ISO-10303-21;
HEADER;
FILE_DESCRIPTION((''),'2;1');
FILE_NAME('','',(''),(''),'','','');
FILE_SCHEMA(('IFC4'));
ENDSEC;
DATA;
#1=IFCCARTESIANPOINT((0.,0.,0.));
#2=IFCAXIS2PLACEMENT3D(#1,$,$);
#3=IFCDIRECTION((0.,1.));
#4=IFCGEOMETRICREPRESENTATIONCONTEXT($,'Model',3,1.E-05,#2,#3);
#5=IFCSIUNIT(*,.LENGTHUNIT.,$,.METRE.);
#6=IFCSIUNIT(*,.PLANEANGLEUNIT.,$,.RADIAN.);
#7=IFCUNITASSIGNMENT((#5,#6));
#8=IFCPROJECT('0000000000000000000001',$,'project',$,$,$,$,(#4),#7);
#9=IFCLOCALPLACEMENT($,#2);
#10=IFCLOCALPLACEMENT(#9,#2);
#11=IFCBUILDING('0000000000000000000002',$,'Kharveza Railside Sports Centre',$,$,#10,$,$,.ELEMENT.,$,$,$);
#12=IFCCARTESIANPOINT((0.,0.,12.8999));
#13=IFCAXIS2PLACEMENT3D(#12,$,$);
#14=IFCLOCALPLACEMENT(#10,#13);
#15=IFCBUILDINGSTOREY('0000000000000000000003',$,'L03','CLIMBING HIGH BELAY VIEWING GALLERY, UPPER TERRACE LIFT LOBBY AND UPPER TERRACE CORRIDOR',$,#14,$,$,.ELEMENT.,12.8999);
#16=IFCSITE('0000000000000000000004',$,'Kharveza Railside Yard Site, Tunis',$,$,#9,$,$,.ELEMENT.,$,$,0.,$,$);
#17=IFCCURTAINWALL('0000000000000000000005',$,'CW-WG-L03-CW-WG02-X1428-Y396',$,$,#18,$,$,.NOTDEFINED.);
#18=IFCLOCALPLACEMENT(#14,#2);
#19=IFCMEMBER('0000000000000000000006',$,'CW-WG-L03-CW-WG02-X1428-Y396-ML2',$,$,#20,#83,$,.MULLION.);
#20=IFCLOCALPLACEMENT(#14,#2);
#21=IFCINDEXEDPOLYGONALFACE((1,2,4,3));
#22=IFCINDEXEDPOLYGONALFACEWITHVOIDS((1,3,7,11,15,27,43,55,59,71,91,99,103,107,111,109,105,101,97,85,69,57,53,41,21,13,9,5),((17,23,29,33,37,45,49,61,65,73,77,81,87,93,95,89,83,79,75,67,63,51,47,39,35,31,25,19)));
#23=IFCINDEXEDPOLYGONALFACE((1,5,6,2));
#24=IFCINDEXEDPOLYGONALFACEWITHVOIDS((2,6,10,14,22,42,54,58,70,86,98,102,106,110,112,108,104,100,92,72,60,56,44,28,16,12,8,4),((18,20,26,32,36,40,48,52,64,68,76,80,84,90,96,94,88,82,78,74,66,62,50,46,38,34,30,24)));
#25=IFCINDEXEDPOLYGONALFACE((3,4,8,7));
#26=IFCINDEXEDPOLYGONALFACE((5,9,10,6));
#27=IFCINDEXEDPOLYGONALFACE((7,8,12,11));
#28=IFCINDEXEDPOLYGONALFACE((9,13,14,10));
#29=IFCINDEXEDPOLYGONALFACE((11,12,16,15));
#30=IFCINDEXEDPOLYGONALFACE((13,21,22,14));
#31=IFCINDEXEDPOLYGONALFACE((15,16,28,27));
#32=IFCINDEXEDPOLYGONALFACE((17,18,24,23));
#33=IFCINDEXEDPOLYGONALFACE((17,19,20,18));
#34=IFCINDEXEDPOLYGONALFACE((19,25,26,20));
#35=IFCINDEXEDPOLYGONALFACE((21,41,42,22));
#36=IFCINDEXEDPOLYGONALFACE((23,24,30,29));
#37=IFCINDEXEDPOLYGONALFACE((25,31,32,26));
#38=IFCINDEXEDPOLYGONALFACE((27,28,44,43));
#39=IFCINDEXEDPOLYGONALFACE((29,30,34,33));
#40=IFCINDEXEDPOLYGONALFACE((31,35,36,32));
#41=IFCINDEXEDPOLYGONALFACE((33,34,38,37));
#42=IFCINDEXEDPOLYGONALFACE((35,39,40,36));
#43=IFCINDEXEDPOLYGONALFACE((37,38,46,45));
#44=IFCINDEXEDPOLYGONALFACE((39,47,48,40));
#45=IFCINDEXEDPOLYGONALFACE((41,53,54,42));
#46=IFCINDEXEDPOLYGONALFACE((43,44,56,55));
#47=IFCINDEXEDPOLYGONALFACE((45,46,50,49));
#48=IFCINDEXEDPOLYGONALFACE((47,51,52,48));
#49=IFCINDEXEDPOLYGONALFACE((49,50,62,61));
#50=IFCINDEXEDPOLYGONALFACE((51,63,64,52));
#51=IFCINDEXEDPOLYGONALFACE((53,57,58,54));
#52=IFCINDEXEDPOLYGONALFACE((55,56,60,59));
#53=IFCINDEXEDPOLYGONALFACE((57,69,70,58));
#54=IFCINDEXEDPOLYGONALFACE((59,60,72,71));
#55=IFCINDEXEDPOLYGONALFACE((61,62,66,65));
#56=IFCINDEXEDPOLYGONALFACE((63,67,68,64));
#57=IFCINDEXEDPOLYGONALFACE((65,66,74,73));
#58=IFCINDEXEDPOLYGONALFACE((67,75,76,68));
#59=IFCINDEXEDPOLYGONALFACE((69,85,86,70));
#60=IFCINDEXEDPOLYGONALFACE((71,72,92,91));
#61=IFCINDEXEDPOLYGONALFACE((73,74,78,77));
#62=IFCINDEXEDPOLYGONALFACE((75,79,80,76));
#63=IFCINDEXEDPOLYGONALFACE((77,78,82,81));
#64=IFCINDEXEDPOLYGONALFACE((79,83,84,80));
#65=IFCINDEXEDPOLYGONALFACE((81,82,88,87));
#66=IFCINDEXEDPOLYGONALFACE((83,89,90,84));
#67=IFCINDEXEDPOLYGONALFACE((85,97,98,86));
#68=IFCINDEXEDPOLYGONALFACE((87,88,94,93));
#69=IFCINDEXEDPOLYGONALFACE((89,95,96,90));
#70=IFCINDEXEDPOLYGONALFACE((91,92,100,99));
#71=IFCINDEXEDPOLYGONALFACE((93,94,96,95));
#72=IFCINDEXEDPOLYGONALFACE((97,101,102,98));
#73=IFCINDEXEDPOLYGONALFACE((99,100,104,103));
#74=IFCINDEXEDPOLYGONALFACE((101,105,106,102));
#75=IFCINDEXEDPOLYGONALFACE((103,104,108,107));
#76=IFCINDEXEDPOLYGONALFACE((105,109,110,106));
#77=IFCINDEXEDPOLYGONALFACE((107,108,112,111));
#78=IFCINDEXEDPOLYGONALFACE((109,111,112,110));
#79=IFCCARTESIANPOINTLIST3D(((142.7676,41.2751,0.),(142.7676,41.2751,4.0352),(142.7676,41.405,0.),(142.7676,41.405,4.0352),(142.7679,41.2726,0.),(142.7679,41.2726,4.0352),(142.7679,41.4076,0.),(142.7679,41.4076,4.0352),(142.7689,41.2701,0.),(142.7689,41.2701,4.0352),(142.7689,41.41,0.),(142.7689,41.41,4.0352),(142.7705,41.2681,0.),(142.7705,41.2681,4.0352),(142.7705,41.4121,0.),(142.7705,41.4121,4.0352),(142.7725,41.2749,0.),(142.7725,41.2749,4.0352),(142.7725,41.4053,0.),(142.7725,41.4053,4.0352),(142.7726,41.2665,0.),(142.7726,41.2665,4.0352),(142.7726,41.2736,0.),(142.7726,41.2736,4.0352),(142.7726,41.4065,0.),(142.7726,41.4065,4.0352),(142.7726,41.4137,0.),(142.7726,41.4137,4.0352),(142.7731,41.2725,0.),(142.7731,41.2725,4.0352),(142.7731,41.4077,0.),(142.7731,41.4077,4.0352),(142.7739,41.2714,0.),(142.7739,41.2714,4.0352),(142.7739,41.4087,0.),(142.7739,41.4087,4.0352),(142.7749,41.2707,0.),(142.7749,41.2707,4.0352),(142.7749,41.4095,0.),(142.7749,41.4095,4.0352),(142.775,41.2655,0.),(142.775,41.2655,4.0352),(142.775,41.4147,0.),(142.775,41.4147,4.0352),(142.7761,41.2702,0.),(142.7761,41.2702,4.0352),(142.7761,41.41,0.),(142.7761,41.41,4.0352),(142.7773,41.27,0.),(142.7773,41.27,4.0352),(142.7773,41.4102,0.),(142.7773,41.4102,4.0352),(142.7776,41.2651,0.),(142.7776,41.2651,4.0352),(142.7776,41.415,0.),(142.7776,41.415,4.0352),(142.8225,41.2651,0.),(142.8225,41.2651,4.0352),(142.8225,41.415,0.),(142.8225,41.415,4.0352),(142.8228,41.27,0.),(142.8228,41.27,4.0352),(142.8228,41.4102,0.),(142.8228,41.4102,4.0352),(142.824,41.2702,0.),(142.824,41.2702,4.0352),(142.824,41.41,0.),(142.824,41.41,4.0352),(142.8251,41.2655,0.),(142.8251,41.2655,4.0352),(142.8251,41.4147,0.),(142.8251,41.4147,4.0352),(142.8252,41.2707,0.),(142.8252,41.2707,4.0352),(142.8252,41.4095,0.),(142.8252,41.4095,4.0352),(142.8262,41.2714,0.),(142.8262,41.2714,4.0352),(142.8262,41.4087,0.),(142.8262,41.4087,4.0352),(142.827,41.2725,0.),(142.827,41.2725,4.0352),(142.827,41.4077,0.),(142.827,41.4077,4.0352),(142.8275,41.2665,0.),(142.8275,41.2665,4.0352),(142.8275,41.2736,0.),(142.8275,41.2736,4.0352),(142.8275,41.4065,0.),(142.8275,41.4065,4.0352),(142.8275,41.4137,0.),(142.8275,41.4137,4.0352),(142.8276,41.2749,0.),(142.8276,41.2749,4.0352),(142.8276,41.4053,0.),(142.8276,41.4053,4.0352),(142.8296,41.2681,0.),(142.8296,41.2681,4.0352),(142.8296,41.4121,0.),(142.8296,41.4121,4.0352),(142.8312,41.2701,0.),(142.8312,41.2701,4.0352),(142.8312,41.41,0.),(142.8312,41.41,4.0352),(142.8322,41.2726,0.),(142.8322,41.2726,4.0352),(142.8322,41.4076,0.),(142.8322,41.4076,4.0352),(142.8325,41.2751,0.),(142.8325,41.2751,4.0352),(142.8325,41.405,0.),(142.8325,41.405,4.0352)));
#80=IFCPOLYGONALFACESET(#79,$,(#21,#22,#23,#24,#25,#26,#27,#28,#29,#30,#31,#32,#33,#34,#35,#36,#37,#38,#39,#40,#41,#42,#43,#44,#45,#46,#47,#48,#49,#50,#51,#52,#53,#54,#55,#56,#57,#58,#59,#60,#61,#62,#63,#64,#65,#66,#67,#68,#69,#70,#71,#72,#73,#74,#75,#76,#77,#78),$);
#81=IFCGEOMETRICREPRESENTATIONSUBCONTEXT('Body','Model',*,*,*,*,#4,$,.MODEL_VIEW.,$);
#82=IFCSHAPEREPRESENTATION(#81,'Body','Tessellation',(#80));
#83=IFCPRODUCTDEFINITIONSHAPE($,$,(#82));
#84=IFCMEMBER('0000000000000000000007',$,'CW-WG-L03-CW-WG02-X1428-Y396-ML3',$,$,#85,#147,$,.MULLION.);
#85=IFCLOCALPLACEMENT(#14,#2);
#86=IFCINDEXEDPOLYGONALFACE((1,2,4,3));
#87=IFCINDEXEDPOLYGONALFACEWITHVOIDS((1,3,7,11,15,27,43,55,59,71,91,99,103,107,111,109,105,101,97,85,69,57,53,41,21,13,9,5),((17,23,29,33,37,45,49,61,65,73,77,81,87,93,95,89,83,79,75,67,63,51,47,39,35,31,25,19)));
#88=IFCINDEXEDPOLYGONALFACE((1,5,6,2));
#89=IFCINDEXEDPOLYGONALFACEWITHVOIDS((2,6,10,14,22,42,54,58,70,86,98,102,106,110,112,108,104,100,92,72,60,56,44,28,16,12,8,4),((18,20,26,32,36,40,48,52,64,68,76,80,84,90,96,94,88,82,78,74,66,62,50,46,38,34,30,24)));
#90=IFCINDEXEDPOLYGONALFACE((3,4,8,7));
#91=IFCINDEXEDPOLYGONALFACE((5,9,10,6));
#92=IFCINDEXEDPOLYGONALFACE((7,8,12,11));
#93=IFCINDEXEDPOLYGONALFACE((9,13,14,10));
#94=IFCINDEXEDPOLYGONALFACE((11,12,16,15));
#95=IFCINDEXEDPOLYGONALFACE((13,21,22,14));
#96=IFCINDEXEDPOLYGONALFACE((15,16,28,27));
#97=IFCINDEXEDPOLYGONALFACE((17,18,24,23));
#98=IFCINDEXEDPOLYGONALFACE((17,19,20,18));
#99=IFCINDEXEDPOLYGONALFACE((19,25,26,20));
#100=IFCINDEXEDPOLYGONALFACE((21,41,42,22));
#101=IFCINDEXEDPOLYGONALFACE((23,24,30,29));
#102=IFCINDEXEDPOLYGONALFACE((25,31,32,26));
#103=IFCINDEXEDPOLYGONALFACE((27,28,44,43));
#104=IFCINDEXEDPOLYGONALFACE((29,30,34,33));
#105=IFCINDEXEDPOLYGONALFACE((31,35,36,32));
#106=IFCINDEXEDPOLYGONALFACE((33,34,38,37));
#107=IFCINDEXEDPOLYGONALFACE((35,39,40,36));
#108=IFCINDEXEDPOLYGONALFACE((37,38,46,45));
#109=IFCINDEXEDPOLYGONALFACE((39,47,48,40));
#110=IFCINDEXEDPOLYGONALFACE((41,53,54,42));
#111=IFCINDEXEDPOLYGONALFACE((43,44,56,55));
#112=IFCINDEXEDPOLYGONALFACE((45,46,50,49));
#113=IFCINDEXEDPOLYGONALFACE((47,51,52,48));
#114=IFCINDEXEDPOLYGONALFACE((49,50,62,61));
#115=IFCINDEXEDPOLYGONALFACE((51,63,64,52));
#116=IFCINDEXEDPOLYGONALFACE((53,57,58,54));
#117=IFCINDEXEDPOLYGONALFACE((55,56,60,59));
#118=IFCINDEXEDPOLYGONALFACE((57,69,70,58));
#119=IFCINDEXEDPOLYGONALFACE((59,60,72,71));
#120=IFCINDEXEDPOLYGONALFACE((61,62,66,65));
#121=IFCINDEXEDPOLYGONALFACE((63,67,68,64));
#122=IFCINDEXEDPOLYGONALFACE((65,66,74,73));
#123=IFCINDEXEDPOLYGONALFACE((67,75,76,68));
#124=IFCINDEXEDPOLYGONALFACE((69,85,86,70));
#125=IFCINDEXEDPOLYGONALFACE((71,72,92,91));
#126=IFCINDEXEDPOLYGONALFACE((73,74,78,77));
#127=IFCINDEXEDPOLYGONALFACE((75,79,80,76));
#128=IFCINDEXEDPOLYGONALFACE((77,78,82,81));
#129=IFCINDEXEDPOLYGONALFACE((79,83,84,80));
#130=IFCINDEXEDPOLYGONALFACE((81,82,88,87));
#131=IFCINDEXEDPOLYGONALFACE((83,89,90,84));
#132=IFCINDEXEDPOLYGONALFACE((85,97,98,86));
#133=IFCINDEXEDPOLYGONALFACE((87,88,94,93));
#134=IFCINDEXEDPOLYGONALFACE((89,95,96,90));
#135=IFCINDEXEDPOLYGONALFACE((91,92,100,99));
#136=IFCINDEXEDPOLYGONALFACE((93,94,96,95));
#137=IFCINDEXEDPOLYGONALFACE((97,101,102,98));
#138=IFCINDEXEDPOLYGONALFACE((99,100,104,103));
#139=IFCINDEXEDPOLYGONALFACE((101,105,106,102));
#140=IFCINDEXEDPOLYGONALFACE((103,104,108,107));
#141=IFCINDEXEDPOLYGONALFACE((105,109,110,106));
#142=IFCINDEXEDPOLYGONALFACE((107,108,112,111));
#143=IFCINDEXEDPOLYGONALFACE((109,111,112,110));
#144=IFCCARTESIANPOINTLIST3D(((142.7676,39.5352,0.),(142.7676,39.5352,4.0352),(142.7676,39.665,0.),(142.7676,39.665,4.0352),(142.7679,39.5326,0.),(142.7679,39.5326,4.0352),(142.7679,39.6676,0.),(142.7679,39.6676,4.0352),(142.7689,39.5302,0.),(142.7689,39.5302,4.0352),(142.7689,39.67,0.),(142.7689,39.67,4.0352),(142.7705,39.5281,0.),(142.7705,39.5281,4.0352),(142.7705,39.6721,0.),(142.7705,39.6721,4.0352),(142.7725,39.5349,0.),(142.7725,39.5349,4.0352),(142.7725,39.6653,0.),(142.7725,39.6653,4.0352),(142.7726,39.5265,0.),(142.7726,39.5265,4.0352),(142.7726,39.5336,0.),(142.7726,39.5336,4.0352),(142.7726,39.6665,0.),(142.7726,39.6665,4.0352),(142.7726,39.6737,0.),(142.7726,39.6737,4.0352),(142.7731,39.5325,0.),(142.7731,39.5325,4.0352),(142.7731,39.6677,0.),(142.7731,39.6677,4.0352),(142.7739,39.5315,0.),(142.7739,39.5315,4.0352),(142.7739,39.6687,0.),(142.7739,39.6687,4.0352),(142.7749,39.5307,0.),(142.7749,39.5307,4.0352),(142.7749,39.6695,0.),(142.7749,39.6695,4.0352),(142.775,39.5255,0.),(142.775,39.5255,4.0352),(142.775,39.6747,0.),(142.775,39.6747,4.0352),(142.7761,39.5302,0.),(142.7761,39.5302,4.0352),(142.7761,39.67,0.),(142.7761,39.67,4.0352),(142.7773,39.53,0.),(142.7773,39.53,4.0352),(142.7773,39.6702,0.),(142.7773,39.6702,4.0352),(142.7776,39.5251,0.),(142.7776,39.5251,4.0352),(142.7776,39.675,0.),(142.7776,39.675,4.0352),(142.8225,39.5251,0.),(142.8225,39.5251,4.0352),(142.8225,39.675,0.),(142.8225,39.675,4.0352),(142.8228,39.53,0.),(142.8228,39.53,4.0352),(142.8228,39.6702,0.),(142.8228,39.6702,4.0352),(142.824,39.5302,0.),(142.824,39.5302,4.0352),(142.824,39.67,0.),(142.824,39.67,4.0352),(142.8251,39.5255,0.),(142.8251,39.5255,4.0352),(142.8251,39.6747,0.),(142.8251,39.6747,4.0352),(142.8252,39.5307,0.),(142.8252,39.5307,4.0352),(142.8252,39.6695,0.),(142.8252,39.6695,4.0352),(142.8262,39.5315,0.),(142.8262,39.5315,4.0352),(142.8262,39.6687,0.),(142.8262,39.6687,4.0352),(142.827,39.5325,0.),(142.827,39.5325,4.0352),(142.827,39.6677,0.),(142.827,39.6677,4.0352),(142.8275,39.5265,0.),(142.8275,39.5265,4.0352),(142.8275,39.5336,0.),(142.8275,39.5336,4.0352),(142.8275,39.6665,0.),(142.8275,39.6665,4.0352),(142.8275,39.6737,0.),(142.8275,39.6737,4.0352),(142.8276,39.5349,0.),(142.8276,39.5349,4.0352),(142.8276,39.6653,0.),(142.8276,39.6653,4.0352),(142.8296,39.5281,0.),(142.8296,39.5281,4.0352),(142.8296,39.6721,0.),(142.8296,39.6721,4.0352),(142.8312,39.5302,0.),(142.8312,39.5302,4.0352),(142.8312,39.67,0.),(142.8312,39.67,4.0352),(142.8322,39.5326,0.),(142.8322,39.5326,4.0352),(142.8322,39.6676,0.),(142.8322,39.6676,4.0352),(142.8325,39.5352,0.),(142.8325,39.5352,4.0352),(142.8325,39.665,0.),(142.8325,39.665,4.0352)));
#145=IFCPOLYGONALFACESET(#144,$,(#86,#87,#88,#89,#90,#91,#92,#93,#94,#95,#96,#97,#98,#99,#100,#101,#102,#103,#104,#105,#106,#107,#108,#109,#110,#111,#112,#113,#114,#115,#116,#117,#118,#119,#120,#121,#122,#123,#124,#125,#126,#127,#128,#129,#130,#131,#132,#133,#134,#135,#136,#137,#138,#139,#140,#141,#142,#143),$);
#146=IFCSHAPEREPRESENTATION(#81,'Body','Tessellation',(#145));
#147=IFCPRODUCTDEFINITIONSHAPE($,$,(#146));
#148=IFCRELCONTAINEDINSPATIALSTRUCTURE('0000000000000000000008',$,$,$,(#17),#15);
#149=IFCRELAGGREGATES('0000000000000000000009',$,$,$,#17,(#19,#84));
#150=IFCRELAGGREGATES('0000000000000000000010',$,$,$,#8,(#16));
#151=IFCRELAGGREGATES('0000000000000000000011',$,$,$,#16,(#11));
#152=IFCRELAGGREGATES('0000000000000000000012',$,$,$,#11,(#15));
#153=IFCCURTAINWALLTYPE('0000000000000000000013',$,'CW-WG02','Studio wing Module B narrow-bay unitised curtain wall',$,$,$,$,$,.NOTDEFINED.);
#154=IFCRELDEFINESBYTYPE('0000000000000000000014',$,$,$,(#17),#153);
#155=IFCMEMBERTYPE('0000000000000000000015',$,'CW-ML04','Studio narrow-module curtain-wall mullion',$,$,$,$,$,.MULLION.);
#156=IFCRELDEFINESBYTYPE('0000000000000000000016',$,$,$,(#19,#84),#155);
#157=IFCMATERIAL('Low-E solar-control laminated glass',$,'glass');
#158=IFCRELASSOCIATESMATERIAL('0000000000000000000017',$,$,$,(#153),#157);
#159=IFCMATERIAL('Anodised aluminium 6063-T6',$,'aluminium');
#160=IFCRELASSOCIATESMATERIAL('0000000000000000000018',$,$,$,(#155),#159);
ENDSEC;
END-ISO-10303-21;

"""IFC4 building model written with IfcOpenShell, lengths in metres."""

from ifc_helpers import new_model, si_unit, direction, frame, origin, origin_2d, place, context, subcontext, project, spatial, hollow_rectangle, extrude, material, material_profile, profile_set, type_object, element, aggregate, save


model = new_model("IFC4")

# Units and contexts
model_context = context("Model", 3, precision=1e-05, world=origin(), true_north=direction((0.0, 1.0)))
body_context = subcontext(model_context, "Body", "Model", "MODEL_VIEW")
ifc_project = project(units=[si_unit("LENGTHUNIT", "METRE"), si_unit("PLANEANGLEUNIT", "RADIAN")], contexts=[model_context])

# Site, building, storey
site_placement = place(None, origin())
site = spatial("IfcSite", under=ifc_project, at=site_placement, Name="Kharveza Railside Yard Site, Tunis", CompositionType="ELEMENT", RefElevation=0.0)
building_placement = place(site_placement, origin())
building = spatial("IfcBuilding", under=site, at=building_placement, Name="Kharveza Railside Sports Centre", CompositionType="ELEMENT")
storey_placement = place(building_placement, frame((0.0, 0.0, 12.8999)))
storey = spatial("IfcBuildingStorey", under=building, at=storey_placement, Name="L03", Description="CLIMBING HIGH BELAY VIEWING GALLERY, UPPER TERRACE LIFT LOBBY AND UPPER TERRACE CORRIDOR", CompositionType="ELEMENT", Elevation=12.8999)

# Curtain wall, members
ifc_material_1 = material(Name="Low-E solar-control laminated glass", Category="glass")
ifc_material_2 = material(Name="Anodised aluminium 6063-T6", Category="aluminium")
curtain_wall_type_1 = type_object("IfcCurtainWallType", Name="CW-WG02", Description="Studio wing Module B narrow-bay unitised curtain wall", PredefinedType="NOTDEFINED", material=ifc_material_1)
curtain_wall_1_placement = place(storey_placement, origin())
curtain_wall_1 = element("IfcCurtainWall", 1, at=curtain_wall_1_placement, inside=storey, type_object=curtain_wall_type_1, Name="CW-WG-L03-CW-WG02-X1428-Y396", PredefinedType="NOTDEFINED")
ifc_material_profile_1 = material_profile(ifc_material_2, hollow_rectangle(XDim=0.0649, YDim=0.1499, WallThickness=0.0049, InnerFilletRadius=0.0049, OuterFilletRadius=0.01, at=origin_2d()), Name="RHS 65x150x5.0")
ifc_profile_set_1 = profile_set([ifc_material_profile_1], Name="Anodised aluminium 6063-T6")
member_type_1 = type_object("IfcMemberType", Name="CW-ML04", Description="Studio narrow-module curtain-wall mullion", PredefinedType="MULLION", material=ifc_profile_set_1)
member_1_placement = place(storey_placement, frame((142.8, 41.3401, 0.0), z_axis=(0.0, 0.0, 1.0), x_axis=(1.0, 0.0, 0.0)))
member_1 = element("IfcMember", 2, at=member_1_placement, type_object=member_type_1, Name="CW-WG-L03-CW-WG02-X1428-Y396-ML2", PredefinedType="MULLION", context=body_context, shape_type="SweptSolid", body=[
    extrude(hollow_rectangle(XDim=0.0649, YDim=0.1499, WallThickness=0.0049, InnerFilletRadius=0.0049, OuterFilletRadius=0.01, at=origin_2d()), origin(), (0.0, 0.0, 1.0), 4.0352),
])
member_2_placement = place(storey_placement, frame((142.8, 39.6001, 0.0), z_axis=(0.0, 0.0, 1.0), x_axis=(1.0, 0.0, 0.0)))
member_2 = element("IfcMember", 3, at=member_2_placement, type_object=member_type_1, Name="CW-WG-L03-CW-WG02-X1428-Y396-ML3", PredefinedType="MULLION", context=body_context, shape_type="SweptSolid", body=[
    extrude(hollow_rectangle(XDim=0.0649, YDim=0.1499, WallThickness=0.0049, InnerFilletRadius=0.0049, OuterFilletRadius=0.01, at=origin_2d()), origin(), (0.0, 0.0, 1.0), 4.0352),
])

aggregate(curtain_wall_1, [member_1, member_2])

save(model, "model.ifc")
